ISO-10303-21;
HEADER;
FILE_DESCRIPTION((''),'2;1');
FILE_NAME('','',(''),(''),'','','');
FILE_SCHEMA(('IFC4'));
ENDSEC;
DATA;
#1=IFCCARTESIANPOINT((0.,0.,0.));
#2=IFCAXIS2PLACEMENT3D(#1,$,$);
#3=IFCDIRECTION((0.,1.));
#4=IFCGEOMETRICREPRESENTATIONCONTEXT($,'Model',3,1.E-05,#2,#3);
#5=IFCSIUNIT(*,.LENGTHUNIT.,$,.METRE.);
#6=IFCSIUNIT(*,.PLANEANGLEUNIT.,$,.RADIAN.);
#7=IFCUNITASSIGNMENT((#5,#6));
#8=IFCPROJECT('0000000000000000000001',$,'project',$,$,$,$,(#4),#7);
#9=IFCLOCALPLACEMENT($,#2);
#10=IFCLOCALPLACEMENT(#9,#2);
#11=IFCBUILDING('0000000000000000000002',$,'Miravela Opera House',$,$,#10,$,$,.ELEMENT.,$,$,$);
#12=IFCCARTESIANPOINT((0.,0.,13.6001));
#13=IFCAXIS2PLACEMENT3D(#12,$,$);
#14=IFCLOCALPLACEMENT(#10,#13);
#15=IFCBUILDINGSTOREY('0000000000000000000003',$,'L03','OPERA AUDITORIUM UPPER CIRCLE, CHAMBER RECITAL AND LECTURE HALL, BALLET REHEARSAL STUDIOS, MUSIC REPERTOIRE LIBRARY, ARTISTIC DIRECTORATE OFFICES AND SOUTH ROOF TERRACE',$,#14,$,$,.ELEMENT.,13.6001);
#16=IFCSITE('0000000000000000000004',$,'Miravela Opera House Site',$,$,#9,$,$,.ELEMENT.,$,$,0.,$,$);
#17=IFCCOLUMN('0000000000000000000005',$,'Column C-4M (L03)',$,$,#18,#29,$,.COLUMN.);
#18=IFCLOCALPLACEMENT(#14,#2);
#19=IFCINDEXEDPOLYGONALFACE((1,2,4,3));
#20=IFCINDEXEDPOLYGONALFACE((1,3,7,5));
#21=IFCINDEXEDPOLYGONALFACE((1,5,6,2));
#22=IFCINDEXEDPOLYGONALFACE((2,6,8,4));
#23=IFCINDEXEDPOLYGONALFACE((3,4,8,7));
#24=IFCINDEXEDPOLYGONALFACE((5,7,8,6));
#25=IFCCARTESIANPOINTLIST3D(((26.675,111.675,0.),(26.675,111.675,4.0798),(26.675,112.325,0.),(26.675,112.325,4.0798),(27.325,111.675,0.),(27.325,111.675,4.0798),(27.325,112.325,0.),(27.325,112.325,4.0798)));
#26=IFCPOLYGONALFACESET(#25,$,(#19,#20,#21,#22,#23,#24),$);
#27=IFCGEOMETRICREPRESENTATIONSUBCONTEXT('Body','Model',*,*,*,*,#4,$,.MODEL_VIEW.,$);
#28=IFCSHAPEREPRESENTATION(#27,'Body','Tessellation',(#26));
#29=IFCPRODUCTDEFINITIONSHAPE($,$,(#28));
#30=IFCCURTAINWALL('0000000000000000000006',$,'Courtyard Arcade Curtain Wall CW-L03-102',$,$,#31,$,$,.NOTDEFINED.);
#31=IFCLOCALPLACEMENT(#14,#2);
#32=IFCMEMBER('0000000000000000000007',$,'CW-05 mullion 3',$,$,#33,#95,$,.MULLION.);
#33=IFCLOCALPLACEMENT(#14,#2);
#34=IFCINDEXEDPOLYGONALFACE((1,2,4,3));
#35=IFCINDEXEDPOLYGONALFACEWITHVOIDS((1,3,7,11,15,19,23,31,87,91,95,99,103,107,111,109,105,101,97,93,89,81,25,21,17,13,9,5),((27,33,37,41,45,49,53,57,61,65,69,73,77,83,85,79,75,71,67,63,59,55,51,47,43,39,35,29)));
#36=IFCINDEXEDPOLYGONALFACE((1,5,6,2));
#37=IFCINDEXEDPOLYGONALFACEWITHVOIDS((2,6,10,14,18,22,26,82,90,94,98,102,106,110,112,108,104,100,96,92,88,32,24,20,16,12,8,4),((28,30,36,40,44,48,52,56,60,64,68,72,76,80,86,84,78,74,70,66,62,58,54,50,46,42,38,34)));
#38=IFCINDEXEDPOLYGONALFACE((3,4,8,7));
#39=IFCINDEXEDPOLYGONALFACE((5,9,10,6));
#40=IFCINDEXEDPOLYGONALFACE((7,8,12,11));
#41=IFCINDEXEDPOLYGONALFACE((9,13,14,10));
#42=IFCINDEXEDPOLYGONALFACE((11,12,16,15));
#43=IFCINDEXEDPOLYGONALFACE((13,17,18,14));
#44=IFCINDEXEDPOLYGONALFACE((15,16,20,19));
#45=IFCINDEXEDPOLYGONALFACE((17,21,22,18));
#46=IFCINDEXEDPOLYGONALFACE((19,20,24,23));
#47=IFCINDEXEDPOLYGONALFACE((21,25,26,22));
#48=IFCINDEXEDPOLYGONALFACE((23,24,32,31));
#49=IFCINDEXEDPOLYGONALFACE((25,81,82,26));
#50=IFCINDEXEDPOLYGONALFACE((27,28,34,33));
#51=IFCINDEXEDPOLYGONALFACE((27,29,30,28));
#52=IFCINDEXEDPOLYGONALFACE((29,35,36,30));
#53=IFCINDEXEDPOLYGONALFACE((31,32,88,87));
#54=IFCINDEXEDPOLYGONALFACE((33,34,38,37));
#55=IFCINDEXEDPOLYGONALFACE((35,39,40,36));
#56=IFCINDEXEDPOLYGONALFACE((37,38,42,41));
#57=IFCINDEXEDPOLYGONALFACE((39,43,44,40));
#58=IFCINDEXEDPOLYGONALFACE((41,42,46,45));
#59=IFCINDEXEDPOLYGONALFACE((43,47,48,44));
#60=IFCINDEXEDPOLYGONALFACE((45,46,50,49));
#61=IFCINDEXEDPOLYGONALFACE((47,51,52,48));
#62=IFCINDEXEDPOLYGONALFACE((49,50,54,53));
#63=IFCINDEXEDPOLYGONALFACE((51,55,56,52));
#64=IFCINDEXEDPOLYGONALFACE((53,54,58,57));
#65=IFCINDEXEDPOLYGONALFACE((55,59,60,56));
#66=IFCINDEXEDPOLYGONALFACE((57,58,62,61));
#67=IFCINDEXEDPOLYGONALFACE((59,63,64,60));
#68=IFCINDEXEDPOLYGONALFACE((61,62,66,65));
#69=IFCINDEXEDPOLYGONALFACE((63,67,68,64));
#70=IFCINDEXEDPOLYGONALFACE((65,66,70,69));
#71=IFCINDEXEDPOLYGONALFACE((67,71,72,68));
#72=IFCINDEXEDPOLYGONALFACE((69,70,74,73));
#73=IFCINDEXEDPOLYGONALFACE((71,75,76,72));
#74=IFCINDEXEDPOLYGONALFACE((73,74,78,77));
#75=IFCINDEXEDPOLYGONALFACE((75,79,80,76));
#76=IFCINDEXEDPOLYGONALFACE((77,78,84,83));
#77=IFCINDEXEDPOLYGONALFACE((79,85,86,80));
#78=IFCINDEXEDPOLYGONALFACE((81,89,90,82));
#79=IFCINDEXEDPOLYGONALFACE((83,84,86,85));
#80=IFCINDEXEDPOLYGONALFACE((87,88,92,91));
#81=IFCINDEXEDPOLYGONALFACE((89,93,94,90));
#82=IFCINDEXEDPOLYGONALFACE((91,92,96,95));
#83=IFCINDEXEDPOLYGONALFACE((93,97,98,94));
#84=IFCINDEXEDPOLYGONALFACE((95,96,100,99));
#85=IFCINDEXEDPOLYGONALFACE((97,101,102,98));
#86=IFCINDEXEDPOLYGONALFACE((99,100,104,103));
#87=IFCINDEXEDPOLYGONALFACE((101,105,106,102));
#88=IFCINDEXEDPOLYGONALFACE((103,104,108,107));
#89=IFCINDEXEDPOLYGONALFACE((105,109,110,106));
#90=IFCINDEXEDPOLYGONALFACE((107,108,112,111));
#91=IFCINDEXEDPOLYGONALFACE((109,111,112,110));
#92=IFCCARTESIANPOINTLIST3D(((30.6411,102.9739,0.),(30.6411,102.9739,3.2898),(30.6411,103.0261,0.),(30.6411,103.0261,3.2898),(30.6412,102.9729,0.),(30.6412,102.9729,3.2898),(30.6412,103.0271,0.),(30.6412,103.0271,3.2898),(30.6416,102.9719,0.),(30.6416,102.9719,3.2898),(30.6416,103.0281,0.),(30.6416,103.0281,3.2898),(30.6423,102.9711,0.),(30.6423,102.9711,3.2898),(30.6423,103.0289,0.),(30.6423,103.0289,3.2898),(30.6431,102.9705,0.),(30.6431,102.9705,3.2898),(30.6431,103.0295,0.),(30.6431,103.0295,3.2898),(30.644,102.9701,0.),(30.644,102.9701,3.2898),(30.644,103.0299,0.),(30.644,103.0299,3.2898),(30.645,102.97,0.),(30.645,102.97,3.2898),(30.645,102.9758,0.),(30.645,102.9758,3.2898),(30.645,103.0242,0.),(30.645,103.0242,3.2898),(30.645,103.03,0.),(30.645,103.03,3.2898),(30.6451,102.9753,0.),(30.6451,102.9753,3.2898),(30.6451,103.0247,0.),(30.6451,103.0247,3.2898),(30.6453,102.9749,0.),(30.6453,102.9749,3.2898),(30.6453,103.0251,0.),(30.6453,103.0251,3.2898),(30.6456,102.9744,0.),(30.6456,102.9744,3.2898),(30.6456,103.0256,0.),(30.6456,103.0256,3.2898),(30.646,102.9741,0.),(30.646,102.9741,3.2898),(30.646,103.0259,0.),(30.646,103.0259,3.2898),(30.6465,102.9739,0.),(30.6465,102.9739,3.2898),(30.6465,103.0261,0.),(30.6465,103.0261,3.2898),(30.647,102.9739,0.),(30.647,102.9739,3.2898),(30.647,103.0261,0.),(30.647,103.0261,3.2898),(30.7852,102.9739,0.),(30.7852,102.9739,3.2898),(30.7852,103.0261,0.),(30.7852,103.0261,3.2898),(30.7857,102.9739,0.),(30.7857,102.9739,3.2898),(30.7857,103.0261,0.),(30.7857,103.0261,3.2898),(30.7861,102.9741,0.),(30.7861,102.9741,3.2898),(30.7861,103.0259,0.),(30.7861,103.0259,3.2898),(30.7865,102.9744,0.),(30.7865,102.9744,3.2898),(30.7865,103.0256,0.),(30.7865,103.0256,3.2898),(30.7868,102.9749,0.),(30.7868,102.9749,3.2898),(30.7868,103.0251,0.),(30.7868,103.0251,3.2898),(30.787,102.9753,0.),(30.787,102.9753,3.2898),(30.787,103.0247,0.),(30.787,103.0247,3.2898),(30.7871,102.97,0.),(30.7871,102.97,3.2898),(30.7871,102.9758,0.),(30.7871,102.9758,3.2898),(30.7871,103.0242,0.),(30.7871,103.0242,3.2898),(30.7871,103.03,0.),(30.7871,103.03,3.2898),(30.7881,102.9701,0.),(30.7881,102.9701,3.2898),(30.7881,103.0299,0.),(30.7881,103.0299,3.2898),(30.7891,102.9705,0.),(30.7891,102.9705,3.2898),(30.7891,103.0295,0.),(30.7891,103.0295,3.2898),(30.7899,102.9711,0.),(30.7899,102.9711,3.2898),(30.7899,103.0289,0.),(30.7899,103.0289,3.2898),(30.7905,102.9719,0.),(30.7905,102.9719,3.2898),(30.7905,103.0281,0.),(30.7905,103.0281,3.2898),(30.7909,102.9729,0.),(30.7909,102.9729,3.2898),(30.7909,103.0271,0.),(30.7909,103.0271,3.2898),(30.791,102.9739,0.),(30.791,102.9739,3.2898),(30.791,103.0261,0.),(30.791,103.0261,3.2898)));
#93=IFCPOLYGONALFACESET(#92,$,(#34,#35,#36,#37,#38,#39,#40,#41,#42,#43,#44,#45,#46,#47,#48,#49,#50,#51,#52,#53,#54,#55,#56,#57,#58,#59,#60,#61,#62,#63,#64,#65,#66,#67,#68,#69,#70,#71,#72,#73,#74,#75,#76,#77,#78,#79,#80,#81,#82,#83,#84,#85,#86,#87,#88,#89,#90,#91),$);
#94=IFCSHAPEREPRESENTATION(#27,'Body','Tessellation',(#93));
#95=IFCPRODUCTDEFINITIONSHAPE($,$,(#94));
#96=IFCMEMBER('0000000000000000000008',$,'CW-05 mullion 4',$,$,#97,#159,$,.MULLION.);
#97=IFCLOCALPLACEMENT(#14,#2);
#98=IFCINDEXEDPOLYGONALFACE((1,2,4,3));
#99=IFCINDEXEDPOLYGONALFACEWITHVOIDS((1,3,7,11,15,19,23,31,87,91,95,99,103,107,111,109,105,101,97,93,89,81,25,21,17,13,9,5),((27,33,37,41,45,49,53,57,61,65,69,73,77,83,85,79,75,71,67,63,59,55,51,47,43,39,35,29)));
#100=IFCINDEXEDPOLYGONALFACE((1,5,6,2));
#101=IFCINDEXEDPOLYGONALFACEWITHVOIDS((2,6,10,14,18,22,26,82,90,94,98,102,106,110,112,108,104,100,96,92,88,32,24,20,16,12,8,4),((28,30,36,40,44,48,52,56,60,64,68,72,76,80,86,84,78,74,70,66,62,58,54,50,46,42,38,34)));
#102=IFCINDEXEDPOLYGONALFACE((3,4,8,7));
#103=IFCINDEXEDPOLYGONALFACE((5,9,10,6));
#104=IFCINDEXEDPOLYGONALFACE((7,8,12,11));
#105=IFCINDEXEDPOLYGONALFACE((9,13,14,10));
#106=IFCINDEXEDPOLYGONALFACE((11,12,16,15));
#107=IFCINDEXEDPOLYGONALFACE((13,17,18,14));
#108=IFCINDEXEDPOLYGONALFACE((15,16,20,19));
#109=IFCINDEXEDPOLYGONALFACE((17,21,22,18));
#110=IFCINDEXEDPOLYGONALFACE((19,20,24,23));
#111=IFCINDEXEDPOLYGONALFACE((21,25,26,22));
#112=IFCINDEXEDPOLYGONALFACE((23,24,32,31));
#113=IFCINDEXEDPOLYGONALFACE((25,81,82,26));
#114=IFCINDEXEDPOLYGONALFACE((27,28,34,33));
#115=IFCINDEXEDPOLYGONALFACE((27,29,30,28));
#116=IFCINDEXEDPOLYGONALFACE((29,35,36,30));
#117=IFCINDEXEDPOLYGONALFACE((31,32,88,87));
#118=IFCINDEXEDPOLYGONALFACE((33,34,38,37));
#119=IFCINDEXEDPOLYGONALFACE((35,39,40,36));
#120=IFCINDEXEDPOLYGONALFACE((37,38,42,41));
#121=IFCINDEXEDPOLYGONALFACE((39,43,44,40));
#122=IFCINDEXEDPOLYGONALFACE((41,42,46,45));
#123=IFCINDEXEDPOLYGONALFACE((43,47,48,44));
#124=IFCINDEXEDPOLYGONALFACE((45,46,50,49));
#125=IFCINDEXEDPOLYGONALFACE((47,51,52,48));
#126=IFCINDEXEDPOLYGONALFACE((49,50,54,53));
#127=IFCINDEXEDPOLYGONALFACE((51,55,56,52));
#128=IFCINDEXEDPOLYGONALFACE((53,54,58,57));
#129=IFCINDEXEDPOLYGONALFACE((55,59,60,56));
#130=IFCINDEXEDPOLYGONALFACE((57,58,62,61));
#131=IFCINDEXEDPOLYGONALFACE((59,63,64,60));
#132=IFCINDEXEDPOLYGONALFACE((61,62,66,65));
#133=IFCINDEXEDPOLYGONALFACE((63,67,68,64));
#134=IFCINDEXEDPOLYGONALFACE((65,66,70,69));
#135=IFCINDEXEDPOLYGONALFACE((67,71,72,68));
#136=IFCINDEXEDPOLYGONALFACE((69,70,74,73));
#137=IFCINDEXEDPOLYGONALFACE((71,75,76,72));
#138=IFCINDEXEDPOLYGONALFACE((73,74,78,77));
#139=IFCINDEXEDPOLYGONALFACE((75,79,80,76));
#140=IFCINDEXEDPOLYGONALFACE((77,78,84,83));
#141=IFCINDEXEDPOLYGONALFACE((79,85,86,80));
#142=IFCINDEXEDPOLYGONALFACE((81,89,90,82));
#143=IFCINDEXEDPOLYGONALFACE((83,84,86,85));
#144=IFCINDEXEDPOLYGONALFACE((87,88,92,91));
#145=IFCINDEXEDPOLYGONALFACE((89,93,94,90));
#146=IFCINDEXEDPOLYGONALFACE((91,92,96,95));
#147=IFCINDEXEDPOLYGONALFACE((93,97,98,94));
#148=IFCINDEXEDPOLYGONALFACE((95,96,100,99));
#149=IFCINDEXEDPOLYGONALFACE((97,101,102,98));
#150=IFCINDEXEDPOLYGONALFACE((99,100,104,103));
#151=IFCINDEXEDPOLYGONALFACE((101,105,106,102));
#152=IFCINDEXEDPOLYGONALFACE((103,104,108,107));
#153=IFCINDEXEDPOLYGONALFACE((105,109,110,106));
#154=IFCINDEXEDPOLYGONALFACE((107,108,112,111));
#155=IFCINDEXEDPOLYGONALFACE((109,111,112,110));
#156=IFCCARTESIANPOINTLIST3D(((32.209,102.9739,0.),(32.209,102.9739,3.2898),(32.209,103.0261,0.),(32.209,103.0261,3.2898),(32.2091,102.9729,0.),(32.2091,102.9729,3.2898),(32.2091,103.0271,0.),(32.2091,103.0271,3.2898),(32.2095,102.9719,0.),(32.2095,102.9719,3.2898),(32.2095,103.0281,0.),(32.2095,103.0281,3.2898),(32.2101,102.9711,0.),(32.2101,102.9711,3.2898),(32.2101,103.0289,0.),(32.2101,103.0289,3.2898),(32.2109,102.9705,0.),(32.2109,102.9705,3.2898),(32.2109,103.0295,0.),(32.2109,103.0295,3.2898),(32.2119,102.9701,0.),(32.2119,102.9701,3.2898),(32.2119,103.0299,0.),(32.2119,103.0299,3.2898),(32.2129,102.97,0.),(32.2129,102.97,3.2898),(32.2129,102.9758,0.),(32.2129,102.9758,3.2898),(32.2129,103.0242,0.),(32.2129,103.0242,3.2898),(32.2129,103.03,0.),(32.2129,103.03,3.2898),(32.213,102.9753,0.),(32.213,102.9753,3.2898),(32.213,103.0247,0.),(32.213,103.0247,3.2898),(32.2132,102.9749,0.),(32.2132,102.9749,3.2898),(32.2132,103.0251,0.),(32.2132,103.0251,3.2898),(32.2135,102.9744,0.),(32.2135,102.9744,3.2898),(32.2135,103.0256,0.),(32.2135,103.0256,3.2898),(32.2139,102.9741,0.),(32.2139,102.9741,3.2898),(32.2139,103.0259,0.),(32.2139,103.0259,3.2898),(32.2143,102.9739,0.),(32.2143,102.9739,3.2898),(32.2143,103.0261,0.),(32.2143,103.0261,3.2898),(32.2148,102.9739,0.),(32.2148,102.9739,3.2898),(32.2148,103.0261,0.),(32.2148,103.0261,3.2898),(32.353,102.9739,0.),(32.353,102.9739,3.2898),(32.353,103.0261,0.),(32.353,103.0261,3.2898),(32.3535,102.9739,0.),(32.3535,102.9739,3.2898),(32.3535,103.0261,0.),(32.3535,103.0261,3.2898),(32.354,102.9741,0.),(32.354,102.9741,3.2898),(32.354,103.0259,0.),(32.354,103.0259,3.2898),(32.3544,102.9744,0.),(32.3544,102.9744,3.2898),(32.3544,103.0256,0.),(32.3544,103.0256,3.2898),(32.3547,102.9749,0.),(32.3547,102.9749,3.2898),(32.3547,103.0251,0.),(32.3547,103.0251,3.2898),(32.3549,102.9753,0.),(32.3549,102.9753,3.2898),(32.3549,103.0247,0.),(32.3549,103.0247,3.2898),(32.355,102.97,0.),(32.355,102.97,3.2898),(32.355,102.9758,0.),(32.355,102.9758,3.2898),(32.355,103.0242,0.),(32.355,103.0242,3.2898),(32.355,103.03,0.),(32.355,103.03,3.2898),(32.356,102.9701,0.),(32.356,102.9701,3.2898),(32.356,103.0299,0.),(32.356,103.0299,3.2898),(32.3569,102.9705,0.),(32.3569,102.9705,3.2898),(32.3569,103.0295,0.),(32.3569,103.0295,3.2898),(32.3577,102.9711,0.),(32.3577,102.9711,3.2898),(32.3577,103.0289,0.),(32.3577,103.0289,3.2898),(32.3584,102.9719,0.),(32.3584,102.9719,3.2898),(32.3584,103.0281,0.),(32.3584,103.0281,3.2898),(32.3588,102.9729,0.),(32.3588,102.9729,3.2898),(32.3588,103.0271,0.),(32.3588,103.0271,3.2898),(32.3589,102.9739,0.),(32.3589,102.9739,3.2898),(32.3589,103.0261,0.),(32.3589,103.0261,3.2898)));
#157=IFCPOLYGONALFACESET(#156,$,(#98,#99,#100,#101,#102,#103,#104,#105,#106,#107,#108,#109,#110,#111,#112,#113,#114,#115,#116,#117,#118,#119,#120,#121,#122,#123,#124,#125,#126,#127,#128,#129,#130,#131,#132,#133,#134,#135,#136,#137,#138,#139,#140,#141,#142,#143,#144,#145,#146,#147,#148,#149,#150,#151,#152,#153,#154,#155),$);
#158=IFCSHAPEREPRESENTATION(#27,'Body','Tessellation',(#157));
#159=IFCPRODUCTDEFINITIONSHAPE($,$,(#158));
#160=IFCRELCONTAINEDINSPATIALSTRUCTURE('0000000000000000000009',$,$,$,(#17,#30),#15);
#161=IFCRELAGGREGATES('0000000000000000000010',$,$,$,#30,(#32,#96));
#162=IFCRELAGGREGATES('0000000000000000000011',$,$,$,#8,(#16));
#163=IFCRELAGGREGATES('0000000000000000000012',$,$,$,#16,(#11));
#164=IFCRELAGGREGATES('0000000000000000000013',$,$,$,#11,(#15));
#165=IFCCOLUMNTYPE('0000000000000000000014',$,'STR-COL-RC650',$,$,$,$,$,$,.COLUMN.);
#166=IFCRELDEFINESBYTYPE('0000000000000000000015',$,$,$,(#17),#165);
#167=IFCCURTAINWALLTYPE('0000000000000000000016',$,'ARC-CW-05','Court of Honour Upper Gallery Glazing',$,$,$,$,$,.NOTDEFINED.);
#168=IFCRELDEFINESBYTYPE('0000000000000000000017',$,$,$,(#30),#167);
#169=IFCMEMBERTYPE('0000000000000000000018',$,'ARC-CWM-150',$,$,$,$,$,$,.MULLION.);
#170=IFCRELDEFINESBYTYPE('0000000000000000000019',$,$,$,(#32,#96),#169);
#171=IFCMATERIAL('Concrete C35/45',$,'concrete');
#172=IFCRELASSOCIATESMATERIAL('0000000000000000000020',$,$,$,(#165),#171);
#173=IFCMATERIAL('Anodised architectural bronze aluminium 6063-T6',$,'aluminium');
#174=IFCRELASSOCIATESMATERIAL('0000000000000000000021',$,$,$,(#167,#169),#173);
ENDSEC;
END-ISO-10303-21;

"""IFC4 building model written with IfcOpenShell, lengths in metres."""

from ifc_helpers import new_model, si_unit, direction, frame, origin, origin_2d, place, context, subcontext, project, spatial, rectangle, hollow_rectangle, extrude, material, material_profile, profile_set, type_object, element, aggregate, save


model = new_model("IFC4")

# Units and contexts
model_context = context("Model", 3, precision=1e-05, world=origin(), true_north=direction((0.0, 1.0)))
body_context = subcontext(model_context, "Body", "Model", "MODEL_VIEW")
ifc_project = project(units=[si_unit("LENGTHUNIT", "METRE"), si_unit("PLANEANGLEUNIT", "RADIAN")], contexts=[model_context])

# Site, building, storey
site_placement = place(None, origin())
site = spatial("IfcSite", under=ifc_project, at=site_placement, Name="Miravela Opera House Site", CompositionType="ELEMENT", RefElevation=0.0)
building_placement = place(site_placement, origin())
building = spatial("IfcBuilding", under=site, at=building_placement, Name="Miravela Opera House", CompositionType="ELEMENT")
storey_placement = place(building_placement, frame((0.0, 0.0, 13.6001)))
storey = spatial("IfcBuildingStorey", under=building, at=storey_placement, Name="L03", Description="OPERA AUDITORIUM UPPER CIRCLE, CHAMBER RECITAL AND LECTURE HALL, BALLET REHEARSAL STUDIOS, MUSIC REPERTOIRE LIBRARY, ARTISTIC DIRECTORATE OFFICES AND SOUTH ROOF TERRACE", CompositionType="ELEMENT", Elevation=13.6001)

# Column
ifc_material_1 = material(Name="Concrete C35/45", Category="concrete")
ifc_material_profile_1 = material_profile(ifc_material_1, rectangle(XDim=0.6499, YDim=0.6499, at=origin_2d()), Name="RC-COL-650X650")
ifc_profile_set_1 = profile_set([ifc_material_profile_1])
column_type = type_object("IfcColumnType", Name="STR-COL-RC650", PredefinedType="COLUMN", material=ifc_profile_set_1)
column_placement = place(storey_placement, frame((27.0, 112.0, 0.0), z_axis=(0.0, 0.0, 1.0), x_axis=(1.0, 0.0, 0.0)))
element("IfcColumn", 1, at=column_placement, inside=storey, type_object=column_type, Name="Column C-4M (L03)", PredefinedType="COLUMN", context=body_context, shape_type="SweptSolid", body=[
    extrude(rectangle(XDim=0.6499, YDim=0.6499, at=origin_2d()), origin(), (0.0, 0.0, 1.0), 4.0798),
])

# Curtain wall, members
ifc_material_2 = material(Name="Anodised architectural bronze aluminium 6063-T6", Category="aluminium")
curtain_wall_type = type_object("IfcCurtainWallType", Name="ARC-CW-05", Description="Court of Honour Upper Gallery Glazing", PredefinedType="NOTDEFINED", material=ifc_material_2)
curtain_wall_placement = place(storey_placement, origin())
curtain_wall = element("IfcCurtainWall", 2, at=curtain_wall_placement, inside=storey, type_object=curtain_wall_type, Name="Courtyard Arcade Curtain Wall CW-L03-102", PredefinedType="NOTDEFINED")
ifc_material_profile_2 = material_profile(ifc_material_2, hollow_rectangle(XDim=0.0601, YDim=0.1499, WallThickness=0.0039, InnerFilletRadius=0.002, OuterFilletRadius=0.0039, at=origin_2d()), Name="CWM-60X150")
ifc_profile_set_2 = profile_set([ifc_material_profile_2])
member_type_1 = type_object("IfcMemberType", Name="ARC-CWM-150", PredefinedType="MULLION", material=ifc_profile_set_2)
member_1_placement = place(storey_placement, frame((30.7161, 103.0, 0.0), z_axis=(0.0, 0.0, 1.0), x_axis=(0.0, 1.0, 0.0)))
member_1 = element("IfcMember", 3, at=member_1_placement, type_object=member_type_1, Name="CW-05 mullion 3", PredefinedType="MULLION", context=body_context, shape_type="SweptSolid", body=[
    extrude(hollow_rectangle(XDim=0.0601, YDim=0.1499, WallThickness=0.0039, InnerFilletRadius=0.002, OuterFilletRadius=0.0039, at=origin_2d()), origin(), (0.0, 0.0, 1.0), 3.2898),
])
member_2_placement = place(storey_placement, frame((32.2839, 103.0, 0.0), z_axis=(0.0, 0.0, 1.0), x_axis=(0.0, 1.0, 0.0)))
member_2 = element("IfcMember", 4, at=member_2_placement, type_object=member_type_1, Name="CW-05 mullion 4", PredefinedType="MULLION", context=body_context, shape_type="SweptSolid", body=[
    extrude(hollow_rectangle(XDim=0.0601, YDim=0.1499, WallThickness=0.0039, InnerFilletRadius=0.002, OuterFilletRadius=0.0039, at=origin_2d()), origin(), (0.0, 0.0, 1.0), 3.2898),
])

aggregate(curtain_wall, [member_1, member_2])

save(model, "model.ifc")
